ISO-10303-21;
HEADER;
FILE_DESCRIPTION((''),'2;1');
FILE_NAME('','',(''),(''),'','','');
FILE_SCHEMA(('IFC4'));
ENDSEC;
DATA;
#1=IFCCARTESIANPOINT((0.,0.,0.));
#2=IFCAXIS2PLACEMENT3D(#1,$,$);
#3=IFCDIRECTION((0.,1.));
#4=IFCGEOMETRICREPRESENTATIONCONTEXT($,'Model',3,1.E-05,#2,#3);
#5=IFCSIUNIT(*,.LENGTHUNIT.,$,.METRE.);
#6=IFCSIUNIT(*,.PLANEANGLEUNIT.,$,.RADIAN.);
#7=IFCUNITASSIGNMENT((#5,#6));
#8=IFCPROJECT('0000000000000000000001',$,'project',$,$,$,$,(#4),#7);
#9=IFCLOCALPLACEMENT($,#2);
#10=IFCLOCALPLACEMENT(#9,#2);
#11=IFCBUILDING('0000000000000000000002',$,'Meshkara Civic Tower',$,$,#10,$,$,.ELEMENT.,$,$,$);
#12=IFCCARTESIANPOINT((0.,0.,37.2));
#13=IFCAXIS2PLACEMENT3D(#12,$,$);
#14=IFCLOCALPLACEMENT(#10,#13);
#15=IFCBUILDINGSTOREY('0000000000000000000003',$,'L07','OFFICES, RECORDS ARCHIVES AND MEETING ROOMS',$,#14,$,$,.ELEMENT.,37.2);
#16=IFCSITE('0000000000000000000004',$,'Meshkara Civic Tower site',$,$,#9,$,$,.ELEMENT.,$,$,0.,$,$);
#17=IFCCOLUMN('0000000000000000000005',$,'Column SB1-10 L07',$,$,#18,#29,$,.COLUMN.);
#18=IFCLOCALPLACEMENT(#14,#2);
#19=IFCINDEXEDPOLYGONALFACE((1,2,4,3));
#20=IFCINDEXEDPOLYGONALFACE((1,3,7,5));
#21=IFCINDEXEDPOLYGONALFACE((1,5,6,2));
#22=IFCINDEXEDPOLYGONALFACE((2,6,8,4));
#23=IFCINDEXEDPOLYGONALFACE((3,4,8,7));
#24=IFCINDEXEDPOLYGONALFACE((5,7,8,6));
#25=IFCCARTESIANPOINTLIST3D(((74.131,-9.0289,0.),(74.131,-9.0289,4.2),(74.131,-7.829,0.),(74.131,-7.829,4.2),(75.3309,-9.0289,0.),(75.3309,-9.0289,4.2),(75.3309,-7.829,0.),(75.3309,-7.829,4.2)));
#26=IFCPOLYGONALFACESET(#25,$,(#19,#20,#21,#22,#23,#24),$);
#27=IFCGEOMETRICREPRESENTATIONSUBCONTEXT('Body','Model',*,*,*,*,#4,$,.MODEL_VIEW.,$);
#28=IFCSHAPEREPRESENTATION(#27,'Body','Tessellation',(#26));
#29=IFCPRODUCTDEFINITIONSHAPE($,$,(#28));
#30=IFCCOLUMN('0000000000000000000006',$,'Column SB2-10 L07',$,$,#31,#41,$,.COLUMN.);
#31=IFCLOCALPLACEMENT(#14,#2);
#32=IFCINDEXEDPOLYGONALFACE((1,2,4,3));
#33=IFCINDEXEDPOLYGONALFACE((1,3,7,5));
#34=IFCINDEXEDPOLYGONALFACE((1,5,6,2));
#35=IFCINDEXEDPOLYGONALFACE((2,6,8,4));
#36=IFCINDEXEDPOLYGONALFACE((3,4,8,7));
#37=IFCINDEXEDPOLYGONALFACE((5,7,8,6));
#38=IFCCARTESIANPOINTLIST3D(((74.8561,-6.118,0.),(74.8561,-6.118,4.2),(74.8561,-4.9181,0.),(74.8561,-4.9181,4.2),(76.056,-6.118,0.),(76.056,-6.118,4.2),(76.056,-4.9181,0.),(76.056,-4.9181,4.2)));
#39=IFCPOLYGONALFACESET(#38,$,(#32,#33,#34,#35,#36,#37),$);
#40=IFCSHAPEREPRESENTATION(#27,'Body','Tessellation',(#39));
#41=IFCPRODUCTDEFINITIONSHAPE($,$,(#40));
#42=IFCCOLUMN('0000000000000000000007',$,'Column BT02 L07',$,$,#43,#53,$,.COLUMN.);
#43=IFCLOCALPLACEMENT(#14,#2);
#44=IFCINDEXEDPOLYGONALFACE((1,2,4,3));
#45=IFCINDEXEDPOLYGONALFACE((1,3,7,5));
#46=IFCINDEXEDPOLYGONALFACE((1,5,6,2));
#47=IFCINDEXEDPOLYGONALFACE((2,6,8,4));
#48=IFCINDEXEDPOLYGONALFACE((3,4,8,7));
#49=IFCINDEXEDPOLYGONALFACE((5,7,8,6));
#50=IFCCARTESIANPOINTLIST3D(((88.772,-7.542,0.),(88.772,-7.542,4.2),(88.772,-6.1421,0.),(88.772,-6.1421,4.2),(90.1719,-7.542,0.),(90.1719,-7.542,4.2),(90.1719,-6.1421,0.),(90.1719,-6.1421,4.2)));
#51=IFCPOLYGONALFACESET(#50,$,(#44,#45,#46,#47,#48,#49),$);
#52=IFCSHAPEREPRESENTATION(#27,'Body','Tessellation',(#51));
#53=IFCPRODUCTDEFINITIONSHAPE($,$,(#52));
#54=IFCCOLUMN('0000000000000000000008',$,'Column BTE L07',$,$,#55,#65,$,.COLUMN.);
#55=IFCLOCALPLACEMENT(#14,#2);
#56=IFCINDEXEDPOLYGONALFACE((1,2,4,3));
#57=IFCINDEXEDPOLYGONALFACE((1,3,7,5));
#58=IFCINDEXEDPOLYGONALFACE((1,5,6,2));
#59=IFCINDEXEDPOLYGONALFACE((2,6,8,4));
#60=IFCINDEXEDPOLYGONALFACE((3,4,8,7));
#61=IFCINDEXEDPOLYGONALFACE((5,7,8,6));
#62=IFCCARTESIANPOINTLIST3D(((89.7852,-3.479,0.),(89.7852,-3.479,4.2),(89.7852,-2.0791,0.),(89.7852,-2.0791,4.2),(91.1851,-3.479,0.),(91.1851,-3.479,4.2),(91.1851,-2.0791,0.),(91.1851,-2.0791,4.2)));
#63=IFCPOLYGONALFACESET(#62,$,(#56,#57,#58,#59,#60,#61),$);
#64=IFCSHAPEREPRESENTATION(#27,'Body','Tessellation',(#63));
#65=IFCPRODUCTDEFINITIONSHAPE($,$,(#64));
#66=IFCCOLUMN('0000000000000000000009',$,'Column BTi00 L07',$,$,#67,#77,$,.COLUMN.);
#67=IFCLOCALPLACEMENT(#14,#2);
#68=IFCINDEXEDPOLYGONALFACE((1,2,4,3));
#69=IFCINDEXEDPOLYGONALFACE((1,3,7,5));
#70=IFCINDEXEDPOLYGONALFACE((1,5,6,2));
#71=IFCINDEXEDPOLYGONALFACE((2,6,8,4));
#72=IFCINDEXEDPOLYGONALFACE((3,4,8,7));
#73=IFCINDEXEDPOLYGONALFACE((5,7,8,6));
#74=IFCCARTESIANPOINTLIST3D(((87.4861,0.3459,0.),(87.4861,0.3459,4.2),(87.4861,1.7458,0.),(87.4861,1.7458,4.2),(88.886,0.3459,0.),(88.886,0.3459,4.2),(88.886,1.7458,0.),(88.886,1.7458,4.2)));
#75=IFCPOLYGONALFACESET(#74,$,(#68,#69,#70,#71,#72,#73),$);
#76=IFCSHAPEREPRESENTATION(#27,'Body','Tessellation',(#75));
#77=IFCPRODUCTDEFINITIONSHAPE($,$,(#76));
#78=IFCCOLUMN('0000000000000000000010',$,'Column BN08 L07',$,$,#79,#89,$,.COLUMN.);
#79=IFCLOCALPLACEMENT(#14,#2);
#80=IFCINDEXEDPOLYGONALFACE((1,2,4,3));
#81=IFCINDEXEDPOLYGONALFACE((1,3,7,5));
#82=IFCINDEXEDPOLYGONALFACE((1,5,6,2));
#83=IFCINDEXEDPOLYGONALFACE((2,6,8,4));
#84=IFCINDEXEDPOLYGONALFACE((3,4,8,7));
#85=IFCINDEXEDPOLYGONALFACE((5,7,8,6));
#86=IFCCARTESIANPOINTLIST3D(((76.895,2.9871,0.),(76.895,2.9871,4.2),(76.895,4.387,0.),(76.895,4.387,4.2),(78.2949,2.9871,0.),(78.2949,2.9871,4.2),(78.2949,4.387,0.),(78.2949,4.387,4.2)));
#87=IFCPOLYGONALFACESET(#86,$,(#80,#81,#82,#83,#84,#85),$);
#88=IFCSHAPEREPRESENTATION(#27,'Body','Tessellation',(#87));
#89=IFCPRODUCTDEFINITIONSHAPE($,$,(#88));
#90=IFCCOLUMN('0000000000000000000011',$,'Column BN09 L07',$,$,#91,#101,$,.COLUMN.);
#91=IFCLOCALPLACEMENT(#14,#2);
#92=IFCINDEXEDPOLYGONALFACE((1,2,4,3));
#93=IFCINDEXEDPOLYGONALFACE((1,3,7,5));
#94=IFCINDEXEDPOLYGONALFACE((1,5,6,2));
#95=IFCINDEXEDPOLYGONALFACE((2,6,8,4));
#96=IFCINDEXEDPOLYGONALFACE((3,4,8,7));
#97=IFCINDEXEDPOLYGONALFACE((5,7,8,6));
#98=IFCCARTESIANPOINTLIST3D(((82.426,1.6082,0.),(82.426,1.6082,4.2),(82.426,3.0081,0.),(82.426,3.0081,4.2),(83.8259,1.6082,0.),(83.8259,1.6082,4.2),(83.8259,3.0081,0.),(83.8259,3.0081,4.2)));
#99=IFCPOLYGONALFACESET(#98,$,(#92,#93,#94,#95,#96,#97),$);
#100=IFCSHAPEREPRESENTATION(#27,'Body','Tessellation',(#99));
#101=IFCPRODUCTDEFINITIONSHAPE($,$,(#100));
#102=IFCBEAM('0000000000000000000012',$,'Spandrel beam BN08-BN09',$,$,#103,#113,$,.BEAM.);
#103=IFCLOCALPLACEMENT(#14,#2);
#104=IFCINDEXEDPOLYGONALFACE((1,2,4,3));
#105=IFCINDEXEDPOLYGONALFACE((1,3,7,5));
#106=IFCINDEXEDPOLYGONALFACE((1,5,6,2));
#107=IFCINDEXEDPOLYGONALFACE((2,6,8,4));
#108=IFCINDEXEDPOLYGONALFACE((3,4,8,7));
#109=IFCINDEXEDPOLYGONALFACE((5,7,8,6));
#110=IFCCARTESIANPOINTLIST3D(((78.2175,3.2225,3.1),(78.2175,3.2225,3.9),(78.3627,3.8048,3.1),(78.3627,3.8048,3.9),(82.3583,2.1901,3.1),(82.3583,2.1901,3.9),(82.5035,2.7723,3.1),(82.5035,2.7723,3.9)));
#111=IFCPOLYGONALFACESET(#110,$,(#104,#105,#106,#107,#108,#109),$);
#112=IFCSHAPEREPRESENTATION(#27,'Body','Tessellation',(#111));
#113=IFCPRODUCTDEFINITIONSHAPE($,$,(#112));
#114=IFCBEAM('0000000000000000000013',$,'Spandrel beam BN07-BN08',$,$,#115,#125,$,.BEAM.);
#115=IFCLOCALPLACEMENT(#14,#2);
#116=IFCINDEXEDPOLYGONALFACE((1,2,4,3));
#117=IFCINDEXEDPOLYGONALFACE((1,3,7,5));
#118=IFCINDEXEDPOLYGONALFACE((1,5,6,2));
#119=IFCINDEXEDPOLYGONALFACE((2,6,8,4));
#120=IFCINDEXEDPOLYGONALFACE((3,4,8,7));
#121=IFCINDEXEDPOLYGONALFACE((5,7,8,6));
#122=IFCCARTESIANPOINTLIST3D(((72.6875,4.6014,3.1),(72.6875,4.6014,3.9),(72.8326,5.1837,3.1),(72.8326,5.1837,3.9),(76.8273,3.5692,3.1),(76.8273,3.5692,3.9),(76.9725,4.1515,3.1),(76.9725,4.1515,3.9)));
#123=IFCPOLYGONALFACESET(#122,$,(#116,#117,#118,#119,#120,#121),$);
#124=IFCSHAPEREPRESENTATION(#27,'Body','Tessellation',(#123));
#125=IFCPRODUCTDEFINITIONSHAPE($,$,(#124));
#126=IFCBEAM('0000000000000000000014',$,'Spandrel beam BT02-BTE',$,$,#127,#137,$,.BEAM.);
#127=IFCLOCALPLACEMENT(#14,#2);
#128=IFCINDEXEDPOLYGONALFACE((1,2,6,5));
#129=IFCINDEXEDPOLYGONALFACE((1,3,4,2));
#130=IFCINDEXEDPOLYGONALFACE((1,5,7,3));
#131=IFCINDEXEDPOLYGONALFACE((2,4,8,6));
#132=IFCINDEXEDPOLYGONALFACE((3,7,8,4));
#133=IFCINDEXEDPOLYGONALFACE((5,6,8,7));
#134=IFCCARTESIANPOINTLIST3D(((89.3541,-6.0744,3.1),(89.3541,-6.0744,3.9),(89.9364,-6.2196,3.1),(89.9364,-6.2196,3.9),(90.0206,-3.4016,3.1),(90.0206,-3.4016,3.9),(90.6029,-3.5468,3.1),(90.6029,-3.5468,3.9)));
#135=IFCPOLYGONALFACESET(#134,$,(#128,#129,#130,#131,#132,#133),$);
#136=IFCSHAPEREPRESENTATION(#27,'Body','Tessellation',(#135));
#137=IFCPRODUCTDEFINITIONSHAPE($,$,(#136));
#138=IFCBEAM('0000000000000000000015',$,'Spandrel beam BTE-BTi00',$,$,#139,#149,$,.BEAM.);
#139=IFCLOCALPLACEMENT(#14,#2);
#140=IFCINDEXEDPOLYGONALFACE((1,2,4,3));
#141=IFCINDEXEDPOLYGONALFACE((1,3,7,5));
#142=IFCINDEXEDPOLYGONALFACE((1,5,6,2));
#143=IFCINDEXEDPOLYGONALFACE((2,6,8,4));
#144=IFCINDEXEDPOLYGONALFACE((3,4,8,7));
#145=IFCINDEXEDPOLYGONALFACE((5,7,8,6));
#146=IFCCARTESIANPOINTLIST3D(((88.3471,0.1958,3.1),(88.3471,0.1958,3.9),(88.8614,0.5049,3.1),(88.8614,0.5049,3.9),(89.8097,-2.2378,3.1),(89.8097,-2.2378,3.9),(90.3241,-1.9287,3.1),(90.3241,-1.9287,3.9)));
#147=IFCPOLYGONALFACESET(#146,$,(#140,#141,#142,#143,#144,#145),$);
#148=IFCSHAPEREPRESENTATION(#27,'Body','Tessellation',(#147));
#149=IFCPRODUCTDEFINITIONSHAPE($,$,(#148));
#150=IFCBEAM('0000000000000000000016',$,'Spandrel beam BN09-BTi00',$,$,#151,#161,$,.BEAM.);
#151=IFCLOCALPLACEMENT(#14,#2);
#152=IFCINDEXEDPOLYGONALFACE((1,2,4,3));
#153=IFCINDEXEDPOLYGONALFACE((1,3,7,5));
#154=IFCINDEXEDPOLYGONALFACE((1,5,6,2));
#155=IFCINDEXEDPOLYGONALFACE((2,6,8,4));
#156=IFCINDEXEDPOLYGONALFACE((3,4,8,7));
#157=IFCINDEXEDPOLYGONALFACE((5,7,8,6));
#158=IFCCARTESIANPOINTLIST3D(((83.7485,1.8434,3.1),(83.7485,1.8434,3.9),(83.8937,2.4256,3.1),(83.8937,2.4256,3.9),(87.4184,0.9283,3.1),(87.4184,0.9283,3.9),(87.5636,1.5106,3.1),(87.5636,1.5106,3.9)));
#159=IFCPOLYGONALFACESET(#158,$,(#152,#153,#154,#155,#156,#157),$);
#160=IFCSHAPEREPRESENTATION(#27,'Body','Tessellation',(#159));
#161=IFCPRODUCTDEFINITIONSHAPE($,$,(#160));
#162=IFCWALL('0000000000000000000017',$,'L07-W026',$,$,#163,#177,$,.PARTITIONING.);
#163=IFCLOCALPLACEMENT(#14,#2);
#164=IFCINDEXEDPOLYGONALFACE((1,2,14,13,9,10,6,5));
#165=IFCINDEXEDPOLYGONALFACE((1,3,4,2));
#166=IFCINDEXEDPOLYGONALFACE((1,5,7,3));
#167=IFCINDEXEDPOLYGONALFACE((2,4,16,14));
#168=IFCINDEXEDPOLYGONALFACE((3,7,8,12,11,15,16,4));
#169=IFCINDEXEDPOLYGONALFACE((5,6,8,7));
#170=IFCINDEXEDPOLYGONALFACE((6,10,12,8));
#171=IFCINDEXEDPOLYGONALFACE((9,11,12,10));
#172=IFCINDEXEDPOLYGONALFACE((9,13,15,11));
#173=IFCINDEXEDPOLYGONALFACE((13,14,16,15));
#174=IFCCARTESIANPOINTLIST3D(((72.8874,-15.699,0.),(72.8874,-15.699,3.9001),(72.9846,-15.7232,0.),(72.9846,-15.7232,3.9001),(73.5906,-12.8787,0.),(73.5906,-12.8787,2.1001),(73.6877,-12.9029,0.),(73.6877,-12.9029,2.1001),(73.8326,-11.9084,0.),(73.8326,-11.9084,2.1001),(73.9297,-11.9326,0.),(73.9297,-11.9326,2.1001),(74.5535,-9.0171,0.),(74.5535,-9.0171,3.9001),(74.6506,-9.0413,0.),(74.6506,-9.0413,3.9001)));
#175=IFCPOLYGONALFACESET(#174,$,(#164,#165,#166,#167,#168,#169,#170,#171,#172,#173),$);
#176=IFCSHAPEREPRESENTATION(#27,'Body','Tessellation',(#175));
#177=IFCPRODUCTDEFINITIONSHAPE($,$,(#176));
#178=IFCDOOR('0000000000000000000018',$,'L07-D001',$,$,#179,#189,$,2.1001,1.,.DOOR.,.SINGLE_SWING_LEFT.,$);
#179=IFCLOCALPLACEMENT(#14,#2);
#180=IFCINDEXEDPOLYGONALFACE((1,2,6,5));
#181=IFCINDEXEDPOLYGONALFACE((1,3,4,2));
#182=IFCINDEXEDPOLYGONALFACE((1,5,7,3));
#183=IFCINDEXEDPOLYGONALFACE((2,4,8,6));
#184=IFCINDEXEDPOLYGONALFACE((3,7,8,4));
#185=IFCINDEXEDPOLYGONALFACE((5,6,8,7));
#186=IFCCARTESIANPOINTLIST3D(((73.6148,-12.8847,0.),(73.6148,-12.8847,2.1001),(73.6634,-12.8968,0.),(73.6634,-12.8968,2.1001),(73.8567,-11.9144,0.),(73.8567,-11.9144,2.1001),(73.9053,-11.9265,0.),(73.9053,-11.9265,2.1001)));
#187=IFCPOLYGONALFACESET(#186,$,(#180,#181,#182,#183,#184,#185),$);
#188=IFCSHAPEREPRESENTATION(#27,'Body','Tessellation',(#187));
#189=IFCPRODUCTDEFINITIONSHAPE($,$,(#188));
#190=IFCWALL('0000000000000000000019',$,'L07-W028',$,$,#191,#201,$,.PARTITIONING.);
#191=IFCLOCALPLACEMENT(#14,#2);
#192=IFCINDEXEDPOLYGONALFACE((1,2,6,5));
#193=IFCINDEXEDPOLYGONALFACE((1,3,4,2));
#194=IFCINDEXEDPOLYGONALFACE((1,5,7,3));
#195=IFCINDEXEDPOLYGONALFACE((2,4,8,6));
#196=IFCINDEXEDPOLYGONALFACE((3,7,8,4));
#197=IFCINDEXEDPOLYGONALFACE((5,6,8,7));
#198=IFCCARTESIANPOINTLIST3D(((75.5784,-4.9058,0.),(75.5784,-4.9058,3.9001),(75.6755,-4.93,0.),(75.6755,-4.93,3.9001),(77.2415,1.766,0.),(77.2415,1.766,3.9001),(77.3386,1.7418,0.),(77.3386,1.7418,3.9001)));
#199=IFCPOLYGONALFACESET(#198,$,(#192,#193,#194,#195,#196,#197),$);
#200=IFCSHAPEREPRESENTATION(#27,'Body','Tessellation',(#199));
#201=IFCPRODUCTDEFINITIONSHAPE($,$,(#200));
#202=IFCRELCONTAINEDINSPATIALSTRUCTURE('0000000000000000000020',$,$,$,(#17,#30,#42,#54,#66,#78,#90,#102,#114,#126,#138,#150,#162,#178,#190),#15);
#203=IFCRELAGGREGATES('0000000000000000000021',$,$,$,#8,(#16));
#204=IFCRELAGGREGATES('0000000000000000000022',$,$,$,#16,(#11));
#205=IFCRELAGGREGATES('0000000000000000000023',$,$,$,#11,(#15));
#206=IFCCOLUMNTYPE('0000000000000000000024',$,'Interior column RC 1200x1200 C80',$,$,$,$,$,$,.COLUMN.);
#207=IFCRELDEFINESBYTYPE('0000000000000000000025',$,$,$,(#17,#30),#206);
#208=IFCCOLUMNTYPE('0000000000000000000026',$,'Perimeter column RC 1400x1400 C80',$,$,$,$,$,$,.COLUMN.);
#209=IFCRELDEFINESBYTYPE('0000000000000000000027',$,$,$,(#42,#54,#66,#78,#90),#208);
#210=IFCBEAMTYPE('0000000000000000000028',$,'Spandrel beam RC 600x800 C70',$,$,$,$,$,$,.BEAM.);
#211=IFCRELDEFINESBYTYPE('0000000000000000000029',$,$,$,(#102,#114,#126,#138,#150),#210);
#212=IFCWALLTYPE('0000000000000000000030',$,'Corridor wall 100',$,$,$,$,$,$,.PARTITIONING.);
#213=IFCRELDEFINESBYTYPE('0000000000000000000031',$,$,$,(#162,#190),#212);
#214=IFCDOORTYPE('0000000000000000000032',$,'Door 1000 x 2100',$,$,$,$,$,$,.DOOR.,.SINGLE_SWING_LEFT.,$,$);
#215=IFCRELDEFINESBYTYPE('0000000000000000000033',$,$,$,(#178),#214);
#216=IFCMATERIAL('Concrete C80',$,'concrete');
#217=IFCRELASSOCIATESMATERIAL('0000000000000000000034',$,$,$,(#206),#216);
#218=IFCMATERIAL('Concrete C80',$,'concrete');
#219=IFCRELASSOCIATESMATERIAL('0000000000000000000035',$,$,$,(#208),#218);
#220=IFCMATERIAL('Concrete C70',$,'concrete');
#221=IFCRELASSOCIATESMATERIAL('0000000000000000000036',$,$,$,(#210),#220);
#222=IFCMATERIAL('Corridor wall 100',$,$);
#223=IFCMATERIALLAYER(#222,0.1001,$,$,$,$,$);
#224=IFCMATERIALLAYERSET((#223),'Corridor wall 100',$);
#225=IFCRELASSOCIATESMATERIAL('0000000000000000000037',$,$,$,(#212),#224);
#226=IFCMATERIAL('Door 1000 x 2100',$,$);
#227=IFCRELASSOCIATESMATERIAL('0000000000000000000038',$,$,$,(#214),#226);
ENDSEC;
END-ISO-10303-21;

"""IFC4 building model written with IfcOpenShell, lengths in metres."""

from ifc_helpers import new_model, si_unit, direction, frame, frame_2d, origin, origin_2d, place, context, subcontext, project, spatial, rectangle, extrude, material, layer, layer_set, material_profile, profile_set, type_object, element, fill, save


model = new_model("IFC4")

# Units and contexts
model_context = context("Model", 3, precision=1e-05, world=origin(), true_north=direction((0.0, 1.0)))
body_context = subcontext(model_context, "Body", "Model", "MODEL_VIEW")
ifc_project = project(units=[si_unit("LENGTHUNIT", "METRE"), si_unit("PLANEANGLEUNIT", "RADIAN")], contexts=[model_context])

# Site, building, storey
site_placement = place(None, origin())
site = spatial("IfcSite", under=ifc_project, at=site_placement, Name="Meshkara Civic Tower site", CompositionType="ELEMENT", RefElevation=0.0)
building_placement = place(site_placement, origin())
building = spatial("IfcBuilding", under=site, at=building_placement, Name="Meshkara Civic Tower", CompositionType="ELEMENT")
storey_placement = place(building_placement, frame((0.0, 0.0, 37.2)))
storey = spatial("IfcBuildingStorey", under=building, at=storey_placement, Name="L07", Description="OFFICES, RECORDS ARCHIVES AND MEETING ROOMS", CompositionType="ELEMENT", Elevation=37.2)

# Columns
ifc_material_1 = material(Name="Concrete C80", Category="concrete")
ifc_material_profile_1 = material_profile(ifc_material_1, rectangle(XDim=1.2, YDim=1.2, at=origin_2d()))
ifc_profile_set_1 = profile_set([ifc_material_profile_1], Name="Concrete C80")
column_type_1 = type_object("IfcColumnType", Name="Interior column RC 1200x1200 C80", PredefinedType="COLUMN", material=ifc_profile_set_1)
for number, where, z_axis, x_axis, name in (
    (1, (74.731, -8.429, 0.0), (0.0, 0.0, 1.0), (1.0, 0.0, 0.0), "Column SB1-10 L07"),
    (2, (75.4561, -5.5181, 0.0), (0.0, 0.0, 1.0), (1.0, 0.0, 0.0), "Column SB2-10 L07"),
):
    element("IfcColumn", number, at=place(storey_placement, frame(where, z_axis=z_axis, x_axis=x_axis)), inside=storey, type_object=column_type_1, Name=name, PredefinedType="COLUMN", context=body_context, shape_type="SweptSolid", body=[
        extrude(rectangle(XDim=1.2, YDim=1.2, at=origin_2d()), origin(), (0.0, 0.0, 1.0), 4.2),
    ])
ifc_material_2 = material(Name="Concrete C80", Category="concrete")
ifc_material_profile_2 = material_profile(ifc_material_2, rectangle(XDim=1.3999, YDim=1.3999, at=origin_2d()))
ifc_profile_set_2 = profile_set([ifc_material_profile_2], Name="Concrete C80")
column_type_2 = type_object("IfcColumnType", Name="Perimeter column RC 1400x1400 C80", PredefinedType="COLUMN", material=ifc_profile_set_2)
for number, where, z_axis, x_axis, name in (
    (3, (89.4719, -6.842, 0.0), (0.0, 0.0, 1.0), (1.0, 0.0, 0.0), "Column BT02 L07"),
    (4, (90.4851, -2.7791, 0.0), (0.0, 0.0, 1.0), (1.0, 0.0, 0.0), "Column BTE L07"),
    (5, (88.186, 1.0459, 0.0), (0.0, 0.0, 1.0), (1.0, 0.0, 0.0), "Column BTi00 L07"),
    (6, (77.595, 3.687, 0.0), (0.0, 0.0, 1.0), (1.0, 0.0, 0.0), "Column BN08 L07"),
    (7, (83.126, 2.3081, 0.0), (0.0, 0.0, 1.0), (1.0, 0.0, 0.0), "Column BN09 L07"),
):
    element("IfcColumn", number, at=place(storey_placement, frame(where, z_axis=z_axis, x_axis=x_axis)), inside=storey, type_object=column_type_2, Name=name, PredefinedType="COLUMN", context=body_context, shape_type="SweptSolid", body=[
        extrude(rectangle(XDim=1.3999, YDim=1.3999, at=origin_2d()), origin(), (0.0, 0.0, 1.0), 4.2),
    ])

# Beams
ifc_material_3 = material(Name="Concrete C70", Category="concrete")
ifc_material_profile_3 = material_profile(ifc_material_3, rectangle(XDim=0.6001, YDim=0.8, at=origin_2d()))
ifc_profile_set_3 = profile_set([ifc_material_profile_3], Name="Concrete C70")
beam_type = type_object("IfcBeamType", Name="Spandrel beam RC 600x800 C70", PredefinedType="BEAM", material=ifc_profile_set_3)
beam_1_placement = place(storey_placement, frame((82.4309, 2.4812, 3.5), z_axis=(-0.970294, 0.24193, 0.0), x_axis=(-0.24193, -0.970294, 0.0)))
element("IfcBeam", 8, at=beam_1_placement, inside=storey, type_object=beam_type, Name="Spandrel beam BN08-BN09", PredefinedType="BEAM", context=body_context, shape_type="SweptSolid", body=[
    extrude(rectangle(XDim=0.6001, YDim=0.8, at=origin_2d()), origin(), (0.0, 0.0, 1.0), 4.2676),
])
beam_2_placement = place(storey_placement, frame((76.8999, 3.8604, 3.5), z_axis=(-0.970294, 0.24193, 0.0), x_axis=(-0.24193, -0.970294, 0.0)))
element("IfcBeam", 9, at=beam_2_placement, inside=storey, type_object=beam_type, Name="Spandrel beam BN07-BN08", PredefinedType="BEAM", context=body_context, shape_type="SweptSolid", body=[
    extrude(rectangle(XDim=0.6001, YDim=0.8, at=origin_2d()), origin(), (0.0, 0.0, 1.0), 4.2666),
])
beam_3_placement = place(storey_placement, frame((89.6453, -6.147, 3.5), z_axis=(0.241952, 0.970288, 0.0), x_axis=(-0.970288, 0.241952, 0.0)))
element("IfcBeam", 10, at=beam_3_placement, inside=storey, type_object=beam_type, Name="Spandrel beam BT02-BTE", PredefinedType="BEAM", context=body_context, shape_type="SweptSolid", body=[
    extrude(rectangle(XDim=0.6001, YDim=0.8, at=origin_2d()), origin(), (0.0, 0.0, 1.0), 2.7546),
])
beam_4_placement = place(storey_placement, frame((90.0669, -2.0833, 3.5), z_axis=(-0.515141, 0.857106, 0.0), x_axis=(-0.857106, -0.515141, 0.0)))
element("IfcBeam", 11, at=beam_4_placement, inside=storey, type_object=beam_type, Name="Spandrel beam BTE-BTi00", PredefinedType="BEAM", context=body_context, shape_type="SweptSolid", body=[
    extrude(rectangle(XDim=0.6001, YDim=0.8, at=origin_2d()), origin(), (0.0, 0.0, 1.0), 2.8394),
])
beam_5_placement = place(storey_placement, frame((87.491, 1.2195, 3.5), z_axis=(-0.970294, 0.241928, 0.0), x_axis=(-0.241928, -0.970294, 0.0)))
element("IfcBeam", 12, at=beam_5_placement, inside=storey, type_object=beam_type, Name="Spandrel beam BN09-BTi00", PredefinedType="BEAM", context=body_context, shape_type="SweptSolid", body=[
    extrude(rectangle(XDim=0.6001, YDim=0.8, at=origin_2d()), origin(), (0.0, 0.0, 1.0), 3.7822),
])

# Wall, opening, door
ifc_material_4 = material(Name="Corridor wall 100")
ifc_layer_1 = layer(ifc_material_4, 0.1001)
ifc_layer_set_1 = layer_set([ifc_layer_1], Name="Corridor wall 100")
wall_type_1 = type_object("IfcWallType", Name="Corridor wall 100", PredefinedType="PARTITIONING", material=ifc_layer_set_1)
wall_1_placement = place(storey_placement, frame((74.6021, -9.0291, 0.0), z_axis=(0.0, 0.0, 1.0), x_axis=(-0.241927, -0.970295, 0.0)))
wall_1 = element("IfcWall", 13, at=wall_1_placement, inside=storey, type_object=wall_type_1, Name="L07-W026", PredefinedType="PARTITIONING", context=body_context, shape_type="SweptSolid", body=[
    extrude(rectangle(XDim=6.8865, YDim=0.1001, at=frame_2d((3.4434, 0.0))), origin(), (0.0, 0.0, 1.0), 3.9001),
])
opening_1_placement = place(wall_1_placement, frame((2.98, 0.0, 0.0)))
opening_1 = element("IfcOpeningElement", 14, at=opening_1_placement, cuts=wall_1, PredefinedType="OPENING", context=body_context, shape_type="SweptSolid", body=[
    extrude(rectangle(XDim=1.0, YDim=2.1001, at=frame_2d((0.5, 1.05))), frame((0.0, 0.0601, 0.0), z_axis=(0.0, -1.0, 0.0), x_axis=(1.0, 0.0, 0.0)), (0.0, 0.0, 1.0), 0.1201),
])
ifc_material_5 = material(Name="Door 1000 x 2100")
door_type_1 = type_object("IfcDoorType", Name="Door 1000 x 2100", OperationType="SINGLE_SWING_LEFT", PredefinedType="DOOR", material=ifc_material_5)
door_1_placement = place(opening_1_placement, origin())
door_1 = element("IfcDoor", 15, at=door_1_placement, inside=storey, type_object=door_type_1, Name="L07-D001", OperationType="SINGLE_SWING_LEFT", OverallHeight=2.1001, OverallWidth=1.0, PredefinedType="DOOR", context=body_context, shape_type="SweptSolid", body=[
    extrude(rectangle(XDim=1.0, YDim=2.1001, at=frame_2d((0.5, 1.05))), frame((0.0, 0.0249, 0.0), z_axis=(0.0, -1.0, 0.0), x_axis=(1.0, 0.0, 0.0)), (0.0, 0.0, 1.0), 0.05),
])
fill(opening_1, door_1)

# Wall
wall_2_placement = place(storey_placement, frame((77.29, 1.7539, 0.0), z_axis=(0.0, 0.0, 1.0), x_axis=(-0.241867, -0.970309, 0.0)))
element("IfcWall", 16, at=wall_2_placement, inside=storey, type_object=wall_type_1, Name="L07-W028", PredefinedType="PARTITIONING", context=body_context, shape_type="SweptSolid", body=[
    extrude(rectangle(XDim=6.876, YDim=0.1001, at=frame_2d((3.438, 0.0))), origin(), (0.0, 0.0, 1.0), 3.9001),
])

save(model, "model.ifc")
